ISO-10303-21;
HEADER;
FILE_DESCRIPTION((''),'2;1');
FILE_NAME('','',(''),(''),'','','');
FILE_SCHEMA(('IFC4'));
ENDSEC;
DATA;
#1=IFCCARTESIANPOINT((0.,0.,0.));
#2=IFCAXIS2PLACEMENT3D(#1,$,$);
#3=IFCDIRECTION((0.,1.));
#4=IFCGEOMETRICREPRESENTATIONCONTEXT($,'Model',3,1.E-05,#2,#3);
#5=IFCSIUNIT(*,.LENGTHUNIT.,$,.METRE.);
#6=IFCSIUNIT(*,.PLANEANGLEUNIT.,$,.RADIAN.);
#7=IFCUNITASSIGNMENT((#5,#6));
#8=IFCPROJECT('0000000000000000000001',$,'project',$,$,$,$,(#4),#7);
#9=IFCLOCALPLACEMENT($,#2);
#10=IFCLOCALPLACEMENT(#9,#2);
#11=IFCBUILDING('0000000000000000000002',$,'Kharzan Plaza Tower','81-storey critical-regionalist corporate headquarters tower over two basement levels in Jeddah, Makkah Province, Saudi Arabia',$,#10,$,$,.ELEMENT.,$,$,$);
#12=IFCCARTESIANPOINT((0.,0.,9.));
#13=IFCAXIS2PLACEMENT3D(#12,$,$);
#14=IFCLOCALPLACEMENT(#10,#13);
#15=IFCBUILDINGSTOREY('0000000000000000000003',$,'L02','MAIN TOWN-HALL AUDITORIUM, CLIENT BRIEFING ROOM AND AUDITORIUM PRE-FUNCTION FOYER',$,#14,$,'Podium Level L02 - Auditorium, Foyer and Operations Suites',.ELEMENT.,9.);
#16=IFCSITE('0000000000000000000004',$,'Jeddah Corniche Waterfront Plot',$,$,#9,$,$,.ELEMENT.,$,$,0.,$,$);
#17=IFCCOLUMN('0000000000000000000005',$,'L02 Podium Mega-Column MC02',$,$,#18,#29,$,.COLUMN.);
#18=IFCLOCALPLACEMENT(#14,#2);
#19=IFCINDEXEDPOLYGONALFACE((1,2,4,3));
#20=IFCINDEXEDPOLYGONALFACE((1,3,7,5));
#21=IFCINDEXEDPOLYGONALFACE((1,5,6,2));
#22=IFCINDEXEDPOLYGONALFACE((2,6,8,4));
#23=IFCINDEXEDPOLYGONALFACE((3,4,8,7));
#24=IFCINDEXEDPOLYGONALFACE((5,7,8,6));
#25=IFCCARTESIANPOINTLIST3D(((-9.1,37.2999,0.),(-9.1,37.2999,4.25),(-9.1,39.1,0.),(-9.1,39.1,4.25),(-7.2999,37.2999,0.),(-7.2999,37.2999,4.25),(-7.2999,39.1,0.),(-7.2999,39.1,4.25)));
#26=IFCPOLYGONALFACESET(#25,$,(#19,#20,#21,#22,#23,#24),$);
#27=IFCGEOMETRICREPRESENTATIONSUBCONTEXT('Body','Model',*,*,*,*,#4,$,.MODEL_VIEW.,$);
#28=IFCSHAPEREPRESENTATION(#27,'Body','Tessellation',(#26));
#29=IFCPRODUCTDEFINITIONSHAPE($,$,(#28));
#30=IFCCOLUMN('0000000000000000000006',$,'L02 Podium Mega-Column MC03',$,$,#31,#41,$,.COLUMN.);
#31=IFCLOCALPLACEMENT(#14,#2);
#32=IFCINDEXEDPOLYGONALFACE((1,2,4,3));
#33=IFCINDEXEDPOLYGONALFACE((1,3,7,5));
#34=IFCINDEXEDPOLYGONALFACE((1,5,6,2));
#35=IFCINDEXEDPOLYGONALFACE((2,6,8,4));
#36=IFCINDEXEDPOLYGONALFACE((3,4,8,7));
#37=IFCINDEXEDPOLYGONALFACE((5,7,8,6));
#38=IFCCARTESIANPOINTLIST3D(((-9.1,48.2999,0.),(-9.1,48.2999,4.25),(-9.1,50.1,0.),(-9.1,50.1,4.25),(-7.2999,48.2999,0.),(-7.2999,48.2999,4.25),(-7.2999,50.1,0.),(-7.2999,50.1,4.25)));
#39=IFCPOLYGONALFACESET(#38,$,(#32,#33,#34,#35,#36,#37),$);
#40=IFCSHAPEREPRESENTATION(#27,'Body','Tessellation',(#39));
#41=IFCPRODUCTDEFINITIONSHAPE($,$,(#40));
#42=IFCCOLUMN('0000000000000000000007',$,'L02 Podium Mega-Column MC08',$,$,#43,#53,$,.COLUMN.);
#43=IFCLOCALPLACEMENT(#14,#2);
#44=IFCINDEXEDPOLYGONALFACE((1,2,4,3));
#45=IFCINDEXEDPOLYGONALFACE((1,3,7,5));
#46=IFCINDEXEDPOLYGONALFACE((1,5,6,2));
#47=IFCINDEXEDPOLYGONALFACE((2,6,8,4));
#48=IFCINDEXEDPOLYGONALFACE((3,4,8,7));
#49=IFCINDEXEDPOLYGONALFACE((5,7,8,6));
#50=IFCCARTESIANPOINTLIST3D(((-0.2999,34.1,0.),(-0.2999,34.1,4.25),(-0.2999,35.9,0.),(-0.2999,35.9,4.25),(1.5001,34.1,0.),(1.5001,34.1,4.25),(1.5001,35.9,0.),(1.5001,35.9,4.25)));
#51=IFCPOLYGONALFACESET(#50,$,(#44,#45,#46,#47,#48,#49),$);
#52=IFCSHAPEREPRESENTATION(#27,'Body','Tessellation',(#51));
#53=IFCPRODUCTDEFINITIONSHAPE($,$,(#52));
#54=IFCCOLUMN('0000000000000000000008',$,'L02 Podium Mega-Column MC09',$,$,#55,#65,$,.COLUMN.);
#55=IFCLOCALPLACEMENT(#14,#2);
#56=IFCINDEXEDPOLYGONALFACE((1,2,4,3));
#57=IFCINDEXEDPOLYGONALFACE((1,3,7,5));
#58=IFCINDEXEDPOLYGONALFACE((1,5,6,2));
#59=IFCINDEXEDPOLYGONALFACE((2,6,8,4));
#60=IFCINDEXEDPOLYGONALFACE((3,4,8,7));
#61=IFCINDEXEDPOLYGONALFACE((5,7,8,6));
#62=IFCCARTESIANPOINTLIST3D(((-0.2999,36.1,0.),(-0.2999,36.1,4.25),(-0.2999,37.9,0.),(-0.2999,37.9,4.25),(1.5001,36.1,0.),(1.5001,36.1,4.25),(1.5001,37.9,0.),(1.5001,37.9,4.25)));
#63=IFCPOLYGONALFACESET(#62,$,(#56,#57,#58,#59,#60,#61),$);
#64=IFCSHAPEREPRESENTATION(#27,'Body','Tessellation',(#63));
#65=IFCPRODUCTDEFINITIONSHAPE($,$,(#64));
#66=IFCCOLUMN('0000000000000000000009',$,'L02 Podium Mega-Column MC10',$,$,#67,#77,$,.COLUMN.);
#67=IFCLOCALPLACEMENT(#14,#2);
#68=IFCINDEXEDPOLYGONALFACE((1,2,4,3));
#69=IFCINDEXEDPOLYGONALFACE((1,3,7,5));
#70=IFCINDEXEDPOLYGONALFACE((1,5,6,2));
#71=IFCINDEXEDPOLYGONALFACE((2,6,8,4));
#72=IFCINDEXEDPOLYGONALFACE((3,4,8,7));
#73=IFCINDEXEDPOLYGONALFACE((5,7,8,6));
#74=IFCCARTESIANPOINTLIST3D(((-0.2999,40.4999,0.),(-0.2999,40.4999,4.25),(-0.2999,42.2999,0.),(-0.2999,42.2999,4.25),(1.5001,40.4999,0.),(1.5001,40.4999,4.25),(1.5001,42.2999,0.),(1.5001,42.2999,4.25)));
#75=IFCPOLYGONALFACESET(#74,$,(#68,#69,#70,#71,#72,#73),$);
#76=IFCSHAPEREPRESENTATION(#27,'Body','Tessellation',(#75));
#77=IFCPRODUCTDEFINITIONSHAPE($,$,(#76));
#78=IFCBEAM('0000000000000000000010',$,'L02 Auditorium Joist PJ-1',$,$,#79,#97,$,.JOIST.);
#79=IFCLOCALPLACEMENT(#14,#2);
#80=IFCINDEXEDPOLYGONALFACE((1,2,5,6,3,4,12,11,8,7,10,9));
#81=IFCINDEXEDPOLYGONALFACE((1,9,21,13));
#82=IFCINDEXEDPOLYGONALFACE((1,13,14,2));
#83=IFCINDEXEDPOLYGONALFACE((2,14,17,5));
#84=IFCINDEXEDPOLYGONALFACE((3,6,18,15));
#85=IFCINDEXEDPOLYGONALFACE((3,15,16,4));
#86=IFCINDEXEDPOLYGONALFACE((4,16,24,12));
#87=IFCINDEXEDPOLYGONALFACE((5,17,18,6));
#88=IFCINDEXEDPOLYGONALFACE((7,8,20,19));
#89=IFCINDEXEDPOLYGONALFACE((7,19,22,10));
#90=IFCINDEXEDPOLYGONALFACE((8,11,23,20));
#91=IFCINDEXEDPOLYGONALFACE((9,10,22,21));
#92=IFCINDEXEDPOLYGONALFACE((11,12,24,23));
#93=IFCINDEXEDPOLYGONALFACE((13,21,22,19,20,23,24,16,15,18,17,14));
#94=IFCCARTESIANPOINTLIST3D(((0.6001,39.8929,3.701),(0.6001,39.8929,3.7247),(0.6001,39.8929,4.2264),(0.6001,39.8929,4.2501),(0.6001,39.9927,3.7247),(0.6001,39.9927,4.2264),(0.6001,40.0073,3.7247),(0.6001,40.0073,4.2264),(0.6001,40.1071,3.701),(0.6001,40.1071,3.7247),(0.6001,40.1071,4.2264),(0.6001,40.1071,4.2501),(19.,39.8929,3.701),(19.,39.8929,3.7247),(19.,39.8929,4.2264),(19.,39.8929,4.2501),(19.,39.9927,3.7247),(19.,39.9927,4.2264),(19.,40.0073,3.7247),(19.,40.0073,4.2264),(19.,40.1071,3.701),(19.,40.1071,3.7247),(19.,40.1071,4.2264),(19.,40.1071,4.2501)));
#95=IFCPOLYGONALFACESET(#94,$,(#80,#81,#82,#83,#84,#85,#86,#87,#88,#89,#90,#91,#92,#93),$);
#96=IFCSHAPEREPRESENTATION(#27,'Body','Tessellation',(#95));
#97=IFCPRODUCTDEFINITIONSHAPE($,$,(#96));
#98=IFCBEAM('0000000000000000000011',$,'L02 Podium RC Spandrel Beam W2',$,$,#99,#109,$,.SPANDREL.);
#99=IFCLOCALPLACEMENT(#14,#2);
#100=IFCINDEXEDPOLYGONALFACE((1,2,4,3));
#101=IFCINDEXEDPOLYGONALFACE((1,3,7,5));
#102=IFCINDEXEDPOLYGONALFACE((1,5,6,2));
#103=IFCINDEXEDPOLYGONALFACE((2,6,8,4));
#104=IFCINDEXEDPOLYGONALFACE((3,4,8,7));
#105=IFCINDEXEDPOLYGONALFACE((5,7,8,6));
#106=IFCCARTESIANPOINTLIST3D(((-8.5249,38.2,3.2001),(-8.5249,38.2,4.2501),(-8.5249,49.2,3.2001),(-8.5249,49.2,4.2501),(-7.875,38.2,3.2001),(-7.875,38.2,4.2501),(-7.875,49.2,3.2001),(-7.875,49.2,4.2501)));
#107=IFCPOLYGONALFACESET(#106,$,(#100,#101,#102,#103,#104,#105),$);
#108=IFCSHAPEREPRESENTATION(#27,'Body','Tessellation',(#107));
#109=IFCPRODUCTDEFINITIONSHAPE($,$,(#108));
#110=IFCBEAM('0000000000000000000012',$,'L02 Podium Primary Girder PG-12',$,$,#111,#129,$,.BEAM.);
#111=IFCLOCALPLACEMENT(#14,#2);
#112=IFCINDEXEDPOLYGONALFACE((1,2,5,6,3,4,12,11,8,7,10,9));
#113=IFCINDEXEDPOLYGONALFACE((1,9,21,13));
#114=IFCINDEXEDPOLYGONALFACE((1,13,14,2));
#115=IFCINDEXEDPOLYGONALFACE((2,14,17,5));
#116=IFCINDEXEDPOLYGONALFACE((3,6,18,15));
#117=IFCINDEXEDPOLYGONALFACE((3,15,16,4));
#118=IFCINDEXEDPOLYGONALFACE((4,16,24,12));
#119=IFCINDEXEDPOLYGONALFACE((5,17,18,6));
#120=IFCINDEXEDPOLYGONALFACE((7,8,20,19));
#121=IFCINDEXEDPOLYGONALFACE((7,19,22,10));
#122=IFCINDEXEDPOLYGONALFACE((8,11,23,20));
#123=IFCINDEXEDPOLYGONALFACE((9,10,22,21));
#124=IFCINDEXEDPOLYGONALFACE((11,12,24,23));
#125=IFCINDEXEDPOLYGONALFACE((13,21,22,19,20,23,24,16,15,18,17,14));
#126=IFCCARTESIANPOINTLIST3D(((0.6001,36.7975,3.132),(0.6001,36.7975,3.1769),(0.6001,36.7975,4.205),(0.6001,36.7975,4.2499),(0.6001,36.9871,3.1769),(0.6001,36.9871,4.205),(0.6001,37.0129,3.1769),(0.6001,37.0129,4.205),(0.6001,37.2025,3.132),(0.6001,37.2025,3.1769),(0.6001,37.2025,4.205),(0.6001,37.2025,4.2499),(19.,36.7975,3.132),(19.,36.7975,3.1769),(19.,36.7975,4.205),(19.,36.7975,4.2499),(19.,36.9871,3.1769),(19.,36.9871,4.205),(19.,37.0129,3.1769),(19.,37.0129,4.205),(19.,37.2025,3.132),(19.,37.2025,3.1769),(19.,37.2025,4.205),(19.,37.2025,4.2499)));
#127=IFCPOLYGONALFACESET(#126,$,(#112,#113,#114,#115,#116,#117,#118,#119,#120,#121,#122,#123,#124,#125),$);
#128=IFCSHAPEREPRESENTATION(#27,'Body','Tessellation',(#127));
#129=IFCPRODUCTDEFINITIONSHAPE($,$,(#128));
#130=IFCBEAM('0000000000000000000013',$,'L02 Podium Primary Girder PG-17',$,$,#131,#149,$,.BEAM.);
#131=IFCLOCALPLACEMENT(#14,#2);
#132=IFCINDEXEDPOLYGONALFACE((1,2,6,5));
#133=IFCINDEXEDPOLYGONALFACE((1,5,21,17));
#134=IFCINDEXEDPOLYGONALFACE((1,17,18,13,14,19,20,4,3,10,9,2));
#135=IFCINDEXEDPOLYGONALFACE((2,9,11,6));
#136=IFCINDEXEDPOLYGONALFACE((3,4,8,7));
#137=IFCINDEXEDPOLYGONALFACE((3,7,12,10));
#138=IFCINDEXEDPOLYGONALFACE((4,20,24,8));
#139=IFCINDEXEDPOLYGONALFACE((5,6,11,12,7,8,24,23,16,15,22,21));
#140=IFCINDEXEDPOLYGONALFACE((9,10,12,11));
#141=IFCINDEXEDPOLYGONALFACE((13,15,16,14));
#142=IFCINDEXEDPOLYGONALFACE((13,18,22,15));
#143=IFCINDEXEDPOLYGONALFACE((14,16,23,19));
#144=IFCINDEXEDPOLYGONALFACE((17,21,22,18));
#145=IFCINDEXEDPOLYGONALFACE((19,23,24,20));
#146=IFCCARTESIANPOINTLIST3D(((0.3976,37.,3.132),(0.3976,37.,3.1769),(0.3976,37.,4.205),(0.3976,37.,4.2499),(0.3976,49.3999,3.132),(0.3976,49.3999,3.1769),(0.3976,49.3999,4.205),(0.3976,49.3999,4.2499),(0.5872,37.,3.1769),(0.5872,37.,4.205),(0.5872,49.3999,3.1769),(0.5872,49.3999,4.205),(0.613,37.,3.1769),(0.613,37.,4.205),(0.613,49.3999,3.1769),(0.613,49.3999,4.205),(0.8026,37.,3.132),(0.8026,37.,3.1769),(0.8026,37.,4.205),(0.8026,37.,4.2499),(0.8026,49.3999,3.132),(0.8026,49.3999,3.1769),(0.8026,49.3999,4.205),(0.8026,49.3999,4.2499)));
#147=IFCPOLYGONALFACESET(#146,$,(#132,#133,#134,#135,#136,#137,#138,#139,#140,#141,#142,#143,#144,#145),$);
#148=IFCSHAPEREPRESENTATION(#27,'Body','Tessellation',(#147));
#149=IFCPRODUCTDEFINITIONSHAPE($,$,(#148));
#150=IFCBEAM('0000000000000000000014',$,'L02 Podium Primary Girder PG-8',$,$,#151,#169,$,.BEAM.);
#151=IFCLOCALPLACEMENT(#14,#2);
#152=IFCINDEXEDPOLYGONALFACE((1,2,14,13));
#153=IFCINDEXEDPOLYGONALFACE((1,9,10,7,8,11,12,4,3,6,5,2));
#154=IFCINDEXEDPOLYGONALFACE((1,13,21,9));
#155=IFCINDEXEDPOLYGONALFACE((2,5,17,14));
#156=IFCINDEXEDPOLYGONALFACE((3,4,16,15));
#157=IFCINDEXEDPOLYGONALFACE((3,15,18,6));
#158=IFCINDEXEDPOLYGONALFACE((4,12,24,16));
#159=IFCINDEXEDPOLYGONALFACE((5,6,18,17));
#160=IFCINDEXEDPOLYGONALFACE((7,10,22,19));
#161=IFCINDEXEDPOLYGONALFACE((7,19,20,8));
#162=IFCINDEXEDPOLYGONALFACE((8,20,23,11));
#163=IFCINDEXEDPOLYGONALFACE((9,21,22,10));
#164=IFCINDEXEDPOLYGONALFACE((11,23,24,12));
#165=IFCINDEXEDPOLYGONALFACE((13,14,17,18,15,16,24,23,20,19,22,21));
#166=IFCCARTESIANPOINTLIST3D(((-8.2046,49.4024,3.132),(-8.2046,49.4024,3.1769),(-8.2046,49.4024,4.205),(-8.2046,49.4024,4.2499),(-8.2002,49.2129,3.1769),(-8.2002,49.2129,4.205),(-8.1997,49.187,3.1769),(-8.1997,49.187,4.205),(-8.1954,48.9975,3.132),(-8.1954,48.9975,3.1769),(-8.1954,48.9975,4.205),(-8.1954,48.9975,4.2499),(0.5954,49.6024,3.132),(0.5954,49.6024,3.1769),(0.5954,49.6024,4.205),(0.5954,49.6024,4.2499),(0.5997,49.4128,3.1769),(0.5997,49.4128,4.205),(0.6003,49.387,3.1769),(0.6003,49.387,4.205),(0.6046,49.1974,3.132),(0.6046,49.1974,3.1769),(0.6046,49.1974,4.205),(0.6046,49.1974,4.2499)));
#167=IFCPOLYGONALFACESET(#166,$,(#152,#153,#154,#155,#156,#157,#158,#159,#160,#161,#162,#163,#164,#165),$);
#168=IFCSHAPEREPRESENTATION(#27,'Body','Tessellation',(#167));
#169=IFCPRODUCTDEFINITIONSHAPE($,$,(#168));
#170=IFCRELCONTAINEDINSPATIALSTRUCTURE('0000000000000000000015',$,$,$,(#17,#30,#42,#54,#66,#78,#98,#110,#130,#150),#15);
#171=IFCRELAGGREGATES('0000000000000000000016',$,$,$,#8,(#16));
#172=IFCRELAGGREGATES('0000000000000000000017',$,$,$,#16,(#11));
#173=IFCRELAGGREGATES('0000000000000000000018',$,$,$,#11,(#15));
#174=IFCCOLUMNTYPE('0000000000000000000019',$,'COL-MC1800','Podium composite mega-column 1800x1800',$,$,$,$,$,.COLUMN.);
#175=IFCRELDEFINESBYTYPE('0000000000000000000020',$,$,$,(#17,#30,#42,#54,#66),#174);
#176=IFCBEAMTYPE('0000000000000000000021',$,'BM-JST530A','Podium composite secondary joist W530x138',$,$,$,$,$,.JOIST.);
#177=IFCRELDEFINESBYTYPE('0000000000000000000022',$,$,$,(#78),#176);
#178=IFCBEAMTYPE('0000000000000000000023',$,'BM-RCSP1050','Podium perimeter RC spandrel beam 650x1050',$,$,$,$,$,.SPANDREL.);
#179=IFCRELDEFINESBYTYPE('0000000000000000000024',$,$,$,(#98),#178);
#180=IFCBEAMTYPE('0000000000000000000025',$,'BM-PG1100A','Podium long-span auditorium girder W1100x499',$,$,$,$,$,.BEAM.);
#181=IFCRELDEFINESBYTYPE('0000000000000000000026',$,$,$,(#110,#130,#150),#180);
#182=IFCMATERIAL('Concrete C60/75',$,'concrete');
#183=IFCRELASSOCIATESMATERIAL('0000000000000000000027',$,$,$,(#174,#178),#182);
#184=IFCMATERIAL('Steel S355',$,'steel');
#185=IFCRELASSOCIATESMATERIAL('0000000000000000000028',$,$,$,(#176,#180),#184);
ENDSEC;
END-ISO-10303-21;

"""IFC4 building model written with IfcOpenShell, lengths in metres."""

from ifc_helpers import new_model, si_unit, direction, frame, origin, origin_2d, place, context, subcontext, project, spatial, rectangle, i_section, extrude, source, transform, mapped, material, material_profile, profile_set, type_object, element, save


model = new_model("IFC4")

# Units and contexts
model_context = context("Model", 3, precision=1e-05, world=origin(), true_north=direction((0.0, 1.0)))
body_context = subcontext(model_context, "Body", "Model", "MODEL_VIEW")
ifc_project = project(units=[si_unit("LENGTHUNIT", "METRE"), si_unit("PLANEANGLEUNIT", "RADIAN")], contexts=[model_context])

# Site, building, storey
site_placement = place(None, origin())
site = spatial("IfcSite", under=ifc_project, at=site_placement, Name="Jeddah Corniche Waterfront Plot", CompositionType="ELEMENT", RefElevation=0.0)
building_placement = place(site_placement, origin())
building = spatial("IfcBuilding", under=site, at=building_placement, Name="Kharzan Plaza Tower", Description="81-storey critical-regionalist corporate headquarters tower over two basement levels in Jeddah, Makkah Province, Saudi Arabia", CompositionType="ELEMENT")
storey_placement = place(building_placement, frame((0.0, 0.0, 9.0)))
storey = spatial("IfcBuildingStorey", under=building, at=storey_placement, Name="L02", Description="MAIN TOWN-HALL AUDITORIUM, CLIENT BRIEFING ROOM AND AUDITORIUM PRE-FUNCTION FOYER", LongName="Podium Level L02 - Auditorium, Foyer and Operations Suites", CompositionType="ELEMENT", Elevation=9.0)

# Columns
ifc_material_1 = material(Name="Concrete C60/75", Category="concrete")
ifc_material_profile_1 = material_profile(ifc_material_1, rectangle(XDim=1.8, YDim=1.8, at=origin_2d()), Name="RC-MC1800x1800")
ifc_profile_set_1 = profile_set([ifc_material_profile_1], Name="Concrete C60/75")
column_type = type_object("IfcColumnType", Name="COL-MC1800", Description="Podium composite mega-column 1800x1800", PredefinedType="COLUMN", material=ifc_profile_set_1)
shared_shape_1 = source(origin(), body_context, "Body", "SweptSolid", [
    extrude(rectangle(XDim=1.8, YDim=1.8, at=origin_2d()), origin(), (0.0, 0.0, 1.0), 4.25),
])
for number, where, z_axis, x_axis, name in (
    (1, (-8.2, 38.2, 0.0), (0.0, 0.0, 1.0), (1.0, 0.0, 0.0), "L02 Podium Mega-Column MC02"),
    (2, (-8.2, 49.2, 0.0), (0.0, 0.0, 1.0), (1.0, 0.0, 0.0), "L02 Podium Mega-Column MC03"),
    (3, (0.6001, 35.0, 0.0), (0.0, 0.0, 1.0), (1.0, 0.0, 0.0), "L02 Podium Mega-Column MC08"),
    (4, (0.6001, 37.0, 0.0), (0.0, 0.0, 1.0), (1.0, 0.0, 0.0), "L02 Podium Mega-Column MC09"),
    (5, (0.6001, 41.3999, 0.0), (0.0, 0.0, 1.0), (1.0, 0.0, 0.0), "L02 Podium Mega-Column MC10"),
):
    element("IfcColumn", number, at=place(storey_placement, frame(where, z_axis=z_axis, x_axis=x_axis)), inside=storey, type_object=column_type, Name=name, PredefinedType="COLUMN", context=body_context, shape_type="MappedRepresentation", body=[
        mapped(shared_shape_1, transform((0.0, 0.0, 0.0), x_axis=(1.0, 0.0, 0.0), y_axis=(0.0, 1.0, 0.0), z_axis=(0.0, 0.0, 1.0))),
    ])

# Beams
ifc_material_2 = material(Name="Steel S355", Category="steel")
ifc_material_profile_2 = material_profile(ifc_material_2, i_section(OverallWidth=0.2141, OverallDepth=0.5491, WebThickness=0.0146, FlangeThickness=0.0237, at=origin_2d()), Name="W530x138")
ifc_profile_set_2 = profile_set([ifc_material_profile_2], Name="Steel S355")
beam_type_1 = type_object("IfcBeamType", Name="BM-JST530A", Description="Podium composite secondary joist W530x138", PredefinedType="JOIST", material=ifc_profile_set_2)
shared_shape_2 = source(origin(), body_context, "Body", "SweptSolid", [
    extrude(i_section(OverallWidth=0.2141, OverallDepth=0.5491, WebThickness=0.0146, FlangeThickness=0.0237, at=origin_2d()), origin(), (0.0, 0.0, 1.0), 18.3999),
])
beam_1_placement = place(storey_placement, frame((0.6001, 40.0, 3.9756), z_axis=(1.0, 0.0, 0.0), x_axis=(0.0, 1.0, 0.0)))
element("IfcBeam", 6, at=beam_1_placement, inside=storey, type_object=beam_type_1, Name="L02 Auditorium Joist PJ-1", PredefinedType="JOIST", context=body_context, shape_type="MappedRepresentation", body=[
    mapped(shared_shape_2, transform((0.0, 0.0, 0.0), x_axis=(1.0, 0.0, 0.0), y_axis=(0.0, 1.0, 0.0), z_axis=(0.0, 0.0, 1.0))),
])
ifc_material_profile_3 = material_profile(ifc_material_1, rectangle(XDim=0.6499, YDim=1.05, at=origin_2d()), Name="RC-SP1050x650")
ifc_profile_set_3 = profile_set([ifc_material_profile_3], Name="Concrete C60/75")
beam_type_2 = type_object("IfcBeamType", Name="BM-RCSP1050", Description="Podium perimeter RC spandrel beam 650x1050", PredefinedType="SPANDREL", material=ifc_profile_set_3)
shared_shape_3 = source(origin(), body_context, "Body", "SweptSolid", [
    extrude(rectangle(XDim=0.6499, YDim=1.05, at=origin_2d()), origin(), (0.0, 0.0, 1.0), 11.0),
])
beam_2_placement = place(storey_placement, frame((-8.2, 38.2, 3.7251), z_axis=(0.0, 1.0, 0.0), x_axis=(-1.0, 0.0, 0.0)))
element("IfcBeam", 7, at=beam_2_placement, inside=storey, type_object=beam_type_2, Name="L02 Podium RC Spandrel Beam W2", PredefinedType="SPANDREL", context=body_context, shape_type="MappedRepresentation", body=[
    mapped(shared_shape_3, transform((0.0, 0.0, 0.0), x_axis=(1.0, 0.0, 0.0), y_axis=(0.0, 1.0, 0.0), z_axis=(0.0, 0.0, 1.0))),
])
ifc_material_profile_4 = material_profile(ifc_material_2, i_section(OverallWidth=0.405, OverallDepth=1.1179, WebThickness=0.0259, FlangeThickness=0.0449, at=origin_2d()), Name="W1100x499")
ifc_profile_set_4 = profile_set([ifc_material_profile_4], Name="Steel S355")
beam_type_3 = type_object("IfcBeamType", Name="BM-PG1100A", Description="Podium long-span auditorium girder W1100x499", PredefinedType="BEAM", material=ifc_profile_set_4)
shared_shape_4 = source(origin(), body_context, "Body", "SweptSolid", [
    extrude(i_section(OverallWidth=0.405, OverallDepth=1.1179, WebThickness=0.0259, FlangeThickness=0.0449, at=origin_2d()), origin(), (0.0, 0.0, 1.0), 18.3999),
])
beam_3_placement = place(storey_placement, frame((0.6001, 37.0, 3.6909), z_axis=(1.0, 0.0, 0.0), x_axis=(0.0, 1.0, 0.0)))
element("IfcBeam", 8, at=beam_3_placement, inside=storey, type_object=beam_type_3, Name="L02 Podium Primary Girder PG-12", PredefinedType="BEAM", context=body_context, shape_type="MappedRepresentation", body=[
    mapped(shared_shape_4, transform((0.0, 0.0, 0.0), x_axis=(1.0, 0.0, 0.0), y_axis=(0.0, 1.0, 0.0), z_axis=(0.0, 0.0, 1.0))),
])
shared_shape_5 = source(origin(), body_context, "Body", "SweptSolid", [
    extrude(i_section(OverallWidth=0.405, OverallDepth=1.1179, WebThickness=0.0259, FlangeThickness=0.0449, at=origin_2d()), origin(), (0.0, 0.0, 1.0), 12.3999),
])
beam_4_placement = place(storey_placement, frame((0.6001, 37.0, 3.6909), z_axis=(0.0, 1.0, 0.0), x_axis=(-1.0, 0.0, 0.0)))
element("IfcBeam", 9, at=beam_4_placement, inside=storey, type_object=beam_type_3, Name="L02 Podium Primary Girder PG-17", PredefinedType="BEAM", context=body_context, shape_type="MappedRepresentation", body=[
    mapped(shared_shape_5, transform((0.0, 0.0, 0.0), x_axis=(1.0, 0.0, 0.0), y_axis=(0.0, 1.0, 0.0), z_axis=(0.0, 0.0, 1.0))),
])
shared_shape_6 = source(origin(), body_context, "Body", "SweptSolid", [
    extrude(i_section(OverallWidth=0.405, OverallDepth=1.1179, WebThickness=0.0259, FlangeThickness=0.0449, at=origin_2d()), origin(), (0.0, 0.0, 1.0), 8.8022),
])
beam_5_placement = place(storey_placement, frame((-8.2, 49.2, 3.6909), z_axis=(0.999742, 0.022716, 0.0), x_axis=(-0.022716, 0.999742, 0.0)))
element("IfcBeam", 10, at=beam_5_placement, inside=storey, type_object=beam_type_3, Name="L02 Podium Primary Girder PG-8", PredefinedType="BEAM", context=body_context, shape_type="MappedRepresentation", body=[
    mapped(shared_shape_6, transform((0.0, 0.0, 0.0), x_axis=(1.0, 0.0, 0.0), y_axis=(0.0, 1.0, 0.0), z_axis=(0.0, 0.0, 1.0))),
])

save(model, "model.ifc")
